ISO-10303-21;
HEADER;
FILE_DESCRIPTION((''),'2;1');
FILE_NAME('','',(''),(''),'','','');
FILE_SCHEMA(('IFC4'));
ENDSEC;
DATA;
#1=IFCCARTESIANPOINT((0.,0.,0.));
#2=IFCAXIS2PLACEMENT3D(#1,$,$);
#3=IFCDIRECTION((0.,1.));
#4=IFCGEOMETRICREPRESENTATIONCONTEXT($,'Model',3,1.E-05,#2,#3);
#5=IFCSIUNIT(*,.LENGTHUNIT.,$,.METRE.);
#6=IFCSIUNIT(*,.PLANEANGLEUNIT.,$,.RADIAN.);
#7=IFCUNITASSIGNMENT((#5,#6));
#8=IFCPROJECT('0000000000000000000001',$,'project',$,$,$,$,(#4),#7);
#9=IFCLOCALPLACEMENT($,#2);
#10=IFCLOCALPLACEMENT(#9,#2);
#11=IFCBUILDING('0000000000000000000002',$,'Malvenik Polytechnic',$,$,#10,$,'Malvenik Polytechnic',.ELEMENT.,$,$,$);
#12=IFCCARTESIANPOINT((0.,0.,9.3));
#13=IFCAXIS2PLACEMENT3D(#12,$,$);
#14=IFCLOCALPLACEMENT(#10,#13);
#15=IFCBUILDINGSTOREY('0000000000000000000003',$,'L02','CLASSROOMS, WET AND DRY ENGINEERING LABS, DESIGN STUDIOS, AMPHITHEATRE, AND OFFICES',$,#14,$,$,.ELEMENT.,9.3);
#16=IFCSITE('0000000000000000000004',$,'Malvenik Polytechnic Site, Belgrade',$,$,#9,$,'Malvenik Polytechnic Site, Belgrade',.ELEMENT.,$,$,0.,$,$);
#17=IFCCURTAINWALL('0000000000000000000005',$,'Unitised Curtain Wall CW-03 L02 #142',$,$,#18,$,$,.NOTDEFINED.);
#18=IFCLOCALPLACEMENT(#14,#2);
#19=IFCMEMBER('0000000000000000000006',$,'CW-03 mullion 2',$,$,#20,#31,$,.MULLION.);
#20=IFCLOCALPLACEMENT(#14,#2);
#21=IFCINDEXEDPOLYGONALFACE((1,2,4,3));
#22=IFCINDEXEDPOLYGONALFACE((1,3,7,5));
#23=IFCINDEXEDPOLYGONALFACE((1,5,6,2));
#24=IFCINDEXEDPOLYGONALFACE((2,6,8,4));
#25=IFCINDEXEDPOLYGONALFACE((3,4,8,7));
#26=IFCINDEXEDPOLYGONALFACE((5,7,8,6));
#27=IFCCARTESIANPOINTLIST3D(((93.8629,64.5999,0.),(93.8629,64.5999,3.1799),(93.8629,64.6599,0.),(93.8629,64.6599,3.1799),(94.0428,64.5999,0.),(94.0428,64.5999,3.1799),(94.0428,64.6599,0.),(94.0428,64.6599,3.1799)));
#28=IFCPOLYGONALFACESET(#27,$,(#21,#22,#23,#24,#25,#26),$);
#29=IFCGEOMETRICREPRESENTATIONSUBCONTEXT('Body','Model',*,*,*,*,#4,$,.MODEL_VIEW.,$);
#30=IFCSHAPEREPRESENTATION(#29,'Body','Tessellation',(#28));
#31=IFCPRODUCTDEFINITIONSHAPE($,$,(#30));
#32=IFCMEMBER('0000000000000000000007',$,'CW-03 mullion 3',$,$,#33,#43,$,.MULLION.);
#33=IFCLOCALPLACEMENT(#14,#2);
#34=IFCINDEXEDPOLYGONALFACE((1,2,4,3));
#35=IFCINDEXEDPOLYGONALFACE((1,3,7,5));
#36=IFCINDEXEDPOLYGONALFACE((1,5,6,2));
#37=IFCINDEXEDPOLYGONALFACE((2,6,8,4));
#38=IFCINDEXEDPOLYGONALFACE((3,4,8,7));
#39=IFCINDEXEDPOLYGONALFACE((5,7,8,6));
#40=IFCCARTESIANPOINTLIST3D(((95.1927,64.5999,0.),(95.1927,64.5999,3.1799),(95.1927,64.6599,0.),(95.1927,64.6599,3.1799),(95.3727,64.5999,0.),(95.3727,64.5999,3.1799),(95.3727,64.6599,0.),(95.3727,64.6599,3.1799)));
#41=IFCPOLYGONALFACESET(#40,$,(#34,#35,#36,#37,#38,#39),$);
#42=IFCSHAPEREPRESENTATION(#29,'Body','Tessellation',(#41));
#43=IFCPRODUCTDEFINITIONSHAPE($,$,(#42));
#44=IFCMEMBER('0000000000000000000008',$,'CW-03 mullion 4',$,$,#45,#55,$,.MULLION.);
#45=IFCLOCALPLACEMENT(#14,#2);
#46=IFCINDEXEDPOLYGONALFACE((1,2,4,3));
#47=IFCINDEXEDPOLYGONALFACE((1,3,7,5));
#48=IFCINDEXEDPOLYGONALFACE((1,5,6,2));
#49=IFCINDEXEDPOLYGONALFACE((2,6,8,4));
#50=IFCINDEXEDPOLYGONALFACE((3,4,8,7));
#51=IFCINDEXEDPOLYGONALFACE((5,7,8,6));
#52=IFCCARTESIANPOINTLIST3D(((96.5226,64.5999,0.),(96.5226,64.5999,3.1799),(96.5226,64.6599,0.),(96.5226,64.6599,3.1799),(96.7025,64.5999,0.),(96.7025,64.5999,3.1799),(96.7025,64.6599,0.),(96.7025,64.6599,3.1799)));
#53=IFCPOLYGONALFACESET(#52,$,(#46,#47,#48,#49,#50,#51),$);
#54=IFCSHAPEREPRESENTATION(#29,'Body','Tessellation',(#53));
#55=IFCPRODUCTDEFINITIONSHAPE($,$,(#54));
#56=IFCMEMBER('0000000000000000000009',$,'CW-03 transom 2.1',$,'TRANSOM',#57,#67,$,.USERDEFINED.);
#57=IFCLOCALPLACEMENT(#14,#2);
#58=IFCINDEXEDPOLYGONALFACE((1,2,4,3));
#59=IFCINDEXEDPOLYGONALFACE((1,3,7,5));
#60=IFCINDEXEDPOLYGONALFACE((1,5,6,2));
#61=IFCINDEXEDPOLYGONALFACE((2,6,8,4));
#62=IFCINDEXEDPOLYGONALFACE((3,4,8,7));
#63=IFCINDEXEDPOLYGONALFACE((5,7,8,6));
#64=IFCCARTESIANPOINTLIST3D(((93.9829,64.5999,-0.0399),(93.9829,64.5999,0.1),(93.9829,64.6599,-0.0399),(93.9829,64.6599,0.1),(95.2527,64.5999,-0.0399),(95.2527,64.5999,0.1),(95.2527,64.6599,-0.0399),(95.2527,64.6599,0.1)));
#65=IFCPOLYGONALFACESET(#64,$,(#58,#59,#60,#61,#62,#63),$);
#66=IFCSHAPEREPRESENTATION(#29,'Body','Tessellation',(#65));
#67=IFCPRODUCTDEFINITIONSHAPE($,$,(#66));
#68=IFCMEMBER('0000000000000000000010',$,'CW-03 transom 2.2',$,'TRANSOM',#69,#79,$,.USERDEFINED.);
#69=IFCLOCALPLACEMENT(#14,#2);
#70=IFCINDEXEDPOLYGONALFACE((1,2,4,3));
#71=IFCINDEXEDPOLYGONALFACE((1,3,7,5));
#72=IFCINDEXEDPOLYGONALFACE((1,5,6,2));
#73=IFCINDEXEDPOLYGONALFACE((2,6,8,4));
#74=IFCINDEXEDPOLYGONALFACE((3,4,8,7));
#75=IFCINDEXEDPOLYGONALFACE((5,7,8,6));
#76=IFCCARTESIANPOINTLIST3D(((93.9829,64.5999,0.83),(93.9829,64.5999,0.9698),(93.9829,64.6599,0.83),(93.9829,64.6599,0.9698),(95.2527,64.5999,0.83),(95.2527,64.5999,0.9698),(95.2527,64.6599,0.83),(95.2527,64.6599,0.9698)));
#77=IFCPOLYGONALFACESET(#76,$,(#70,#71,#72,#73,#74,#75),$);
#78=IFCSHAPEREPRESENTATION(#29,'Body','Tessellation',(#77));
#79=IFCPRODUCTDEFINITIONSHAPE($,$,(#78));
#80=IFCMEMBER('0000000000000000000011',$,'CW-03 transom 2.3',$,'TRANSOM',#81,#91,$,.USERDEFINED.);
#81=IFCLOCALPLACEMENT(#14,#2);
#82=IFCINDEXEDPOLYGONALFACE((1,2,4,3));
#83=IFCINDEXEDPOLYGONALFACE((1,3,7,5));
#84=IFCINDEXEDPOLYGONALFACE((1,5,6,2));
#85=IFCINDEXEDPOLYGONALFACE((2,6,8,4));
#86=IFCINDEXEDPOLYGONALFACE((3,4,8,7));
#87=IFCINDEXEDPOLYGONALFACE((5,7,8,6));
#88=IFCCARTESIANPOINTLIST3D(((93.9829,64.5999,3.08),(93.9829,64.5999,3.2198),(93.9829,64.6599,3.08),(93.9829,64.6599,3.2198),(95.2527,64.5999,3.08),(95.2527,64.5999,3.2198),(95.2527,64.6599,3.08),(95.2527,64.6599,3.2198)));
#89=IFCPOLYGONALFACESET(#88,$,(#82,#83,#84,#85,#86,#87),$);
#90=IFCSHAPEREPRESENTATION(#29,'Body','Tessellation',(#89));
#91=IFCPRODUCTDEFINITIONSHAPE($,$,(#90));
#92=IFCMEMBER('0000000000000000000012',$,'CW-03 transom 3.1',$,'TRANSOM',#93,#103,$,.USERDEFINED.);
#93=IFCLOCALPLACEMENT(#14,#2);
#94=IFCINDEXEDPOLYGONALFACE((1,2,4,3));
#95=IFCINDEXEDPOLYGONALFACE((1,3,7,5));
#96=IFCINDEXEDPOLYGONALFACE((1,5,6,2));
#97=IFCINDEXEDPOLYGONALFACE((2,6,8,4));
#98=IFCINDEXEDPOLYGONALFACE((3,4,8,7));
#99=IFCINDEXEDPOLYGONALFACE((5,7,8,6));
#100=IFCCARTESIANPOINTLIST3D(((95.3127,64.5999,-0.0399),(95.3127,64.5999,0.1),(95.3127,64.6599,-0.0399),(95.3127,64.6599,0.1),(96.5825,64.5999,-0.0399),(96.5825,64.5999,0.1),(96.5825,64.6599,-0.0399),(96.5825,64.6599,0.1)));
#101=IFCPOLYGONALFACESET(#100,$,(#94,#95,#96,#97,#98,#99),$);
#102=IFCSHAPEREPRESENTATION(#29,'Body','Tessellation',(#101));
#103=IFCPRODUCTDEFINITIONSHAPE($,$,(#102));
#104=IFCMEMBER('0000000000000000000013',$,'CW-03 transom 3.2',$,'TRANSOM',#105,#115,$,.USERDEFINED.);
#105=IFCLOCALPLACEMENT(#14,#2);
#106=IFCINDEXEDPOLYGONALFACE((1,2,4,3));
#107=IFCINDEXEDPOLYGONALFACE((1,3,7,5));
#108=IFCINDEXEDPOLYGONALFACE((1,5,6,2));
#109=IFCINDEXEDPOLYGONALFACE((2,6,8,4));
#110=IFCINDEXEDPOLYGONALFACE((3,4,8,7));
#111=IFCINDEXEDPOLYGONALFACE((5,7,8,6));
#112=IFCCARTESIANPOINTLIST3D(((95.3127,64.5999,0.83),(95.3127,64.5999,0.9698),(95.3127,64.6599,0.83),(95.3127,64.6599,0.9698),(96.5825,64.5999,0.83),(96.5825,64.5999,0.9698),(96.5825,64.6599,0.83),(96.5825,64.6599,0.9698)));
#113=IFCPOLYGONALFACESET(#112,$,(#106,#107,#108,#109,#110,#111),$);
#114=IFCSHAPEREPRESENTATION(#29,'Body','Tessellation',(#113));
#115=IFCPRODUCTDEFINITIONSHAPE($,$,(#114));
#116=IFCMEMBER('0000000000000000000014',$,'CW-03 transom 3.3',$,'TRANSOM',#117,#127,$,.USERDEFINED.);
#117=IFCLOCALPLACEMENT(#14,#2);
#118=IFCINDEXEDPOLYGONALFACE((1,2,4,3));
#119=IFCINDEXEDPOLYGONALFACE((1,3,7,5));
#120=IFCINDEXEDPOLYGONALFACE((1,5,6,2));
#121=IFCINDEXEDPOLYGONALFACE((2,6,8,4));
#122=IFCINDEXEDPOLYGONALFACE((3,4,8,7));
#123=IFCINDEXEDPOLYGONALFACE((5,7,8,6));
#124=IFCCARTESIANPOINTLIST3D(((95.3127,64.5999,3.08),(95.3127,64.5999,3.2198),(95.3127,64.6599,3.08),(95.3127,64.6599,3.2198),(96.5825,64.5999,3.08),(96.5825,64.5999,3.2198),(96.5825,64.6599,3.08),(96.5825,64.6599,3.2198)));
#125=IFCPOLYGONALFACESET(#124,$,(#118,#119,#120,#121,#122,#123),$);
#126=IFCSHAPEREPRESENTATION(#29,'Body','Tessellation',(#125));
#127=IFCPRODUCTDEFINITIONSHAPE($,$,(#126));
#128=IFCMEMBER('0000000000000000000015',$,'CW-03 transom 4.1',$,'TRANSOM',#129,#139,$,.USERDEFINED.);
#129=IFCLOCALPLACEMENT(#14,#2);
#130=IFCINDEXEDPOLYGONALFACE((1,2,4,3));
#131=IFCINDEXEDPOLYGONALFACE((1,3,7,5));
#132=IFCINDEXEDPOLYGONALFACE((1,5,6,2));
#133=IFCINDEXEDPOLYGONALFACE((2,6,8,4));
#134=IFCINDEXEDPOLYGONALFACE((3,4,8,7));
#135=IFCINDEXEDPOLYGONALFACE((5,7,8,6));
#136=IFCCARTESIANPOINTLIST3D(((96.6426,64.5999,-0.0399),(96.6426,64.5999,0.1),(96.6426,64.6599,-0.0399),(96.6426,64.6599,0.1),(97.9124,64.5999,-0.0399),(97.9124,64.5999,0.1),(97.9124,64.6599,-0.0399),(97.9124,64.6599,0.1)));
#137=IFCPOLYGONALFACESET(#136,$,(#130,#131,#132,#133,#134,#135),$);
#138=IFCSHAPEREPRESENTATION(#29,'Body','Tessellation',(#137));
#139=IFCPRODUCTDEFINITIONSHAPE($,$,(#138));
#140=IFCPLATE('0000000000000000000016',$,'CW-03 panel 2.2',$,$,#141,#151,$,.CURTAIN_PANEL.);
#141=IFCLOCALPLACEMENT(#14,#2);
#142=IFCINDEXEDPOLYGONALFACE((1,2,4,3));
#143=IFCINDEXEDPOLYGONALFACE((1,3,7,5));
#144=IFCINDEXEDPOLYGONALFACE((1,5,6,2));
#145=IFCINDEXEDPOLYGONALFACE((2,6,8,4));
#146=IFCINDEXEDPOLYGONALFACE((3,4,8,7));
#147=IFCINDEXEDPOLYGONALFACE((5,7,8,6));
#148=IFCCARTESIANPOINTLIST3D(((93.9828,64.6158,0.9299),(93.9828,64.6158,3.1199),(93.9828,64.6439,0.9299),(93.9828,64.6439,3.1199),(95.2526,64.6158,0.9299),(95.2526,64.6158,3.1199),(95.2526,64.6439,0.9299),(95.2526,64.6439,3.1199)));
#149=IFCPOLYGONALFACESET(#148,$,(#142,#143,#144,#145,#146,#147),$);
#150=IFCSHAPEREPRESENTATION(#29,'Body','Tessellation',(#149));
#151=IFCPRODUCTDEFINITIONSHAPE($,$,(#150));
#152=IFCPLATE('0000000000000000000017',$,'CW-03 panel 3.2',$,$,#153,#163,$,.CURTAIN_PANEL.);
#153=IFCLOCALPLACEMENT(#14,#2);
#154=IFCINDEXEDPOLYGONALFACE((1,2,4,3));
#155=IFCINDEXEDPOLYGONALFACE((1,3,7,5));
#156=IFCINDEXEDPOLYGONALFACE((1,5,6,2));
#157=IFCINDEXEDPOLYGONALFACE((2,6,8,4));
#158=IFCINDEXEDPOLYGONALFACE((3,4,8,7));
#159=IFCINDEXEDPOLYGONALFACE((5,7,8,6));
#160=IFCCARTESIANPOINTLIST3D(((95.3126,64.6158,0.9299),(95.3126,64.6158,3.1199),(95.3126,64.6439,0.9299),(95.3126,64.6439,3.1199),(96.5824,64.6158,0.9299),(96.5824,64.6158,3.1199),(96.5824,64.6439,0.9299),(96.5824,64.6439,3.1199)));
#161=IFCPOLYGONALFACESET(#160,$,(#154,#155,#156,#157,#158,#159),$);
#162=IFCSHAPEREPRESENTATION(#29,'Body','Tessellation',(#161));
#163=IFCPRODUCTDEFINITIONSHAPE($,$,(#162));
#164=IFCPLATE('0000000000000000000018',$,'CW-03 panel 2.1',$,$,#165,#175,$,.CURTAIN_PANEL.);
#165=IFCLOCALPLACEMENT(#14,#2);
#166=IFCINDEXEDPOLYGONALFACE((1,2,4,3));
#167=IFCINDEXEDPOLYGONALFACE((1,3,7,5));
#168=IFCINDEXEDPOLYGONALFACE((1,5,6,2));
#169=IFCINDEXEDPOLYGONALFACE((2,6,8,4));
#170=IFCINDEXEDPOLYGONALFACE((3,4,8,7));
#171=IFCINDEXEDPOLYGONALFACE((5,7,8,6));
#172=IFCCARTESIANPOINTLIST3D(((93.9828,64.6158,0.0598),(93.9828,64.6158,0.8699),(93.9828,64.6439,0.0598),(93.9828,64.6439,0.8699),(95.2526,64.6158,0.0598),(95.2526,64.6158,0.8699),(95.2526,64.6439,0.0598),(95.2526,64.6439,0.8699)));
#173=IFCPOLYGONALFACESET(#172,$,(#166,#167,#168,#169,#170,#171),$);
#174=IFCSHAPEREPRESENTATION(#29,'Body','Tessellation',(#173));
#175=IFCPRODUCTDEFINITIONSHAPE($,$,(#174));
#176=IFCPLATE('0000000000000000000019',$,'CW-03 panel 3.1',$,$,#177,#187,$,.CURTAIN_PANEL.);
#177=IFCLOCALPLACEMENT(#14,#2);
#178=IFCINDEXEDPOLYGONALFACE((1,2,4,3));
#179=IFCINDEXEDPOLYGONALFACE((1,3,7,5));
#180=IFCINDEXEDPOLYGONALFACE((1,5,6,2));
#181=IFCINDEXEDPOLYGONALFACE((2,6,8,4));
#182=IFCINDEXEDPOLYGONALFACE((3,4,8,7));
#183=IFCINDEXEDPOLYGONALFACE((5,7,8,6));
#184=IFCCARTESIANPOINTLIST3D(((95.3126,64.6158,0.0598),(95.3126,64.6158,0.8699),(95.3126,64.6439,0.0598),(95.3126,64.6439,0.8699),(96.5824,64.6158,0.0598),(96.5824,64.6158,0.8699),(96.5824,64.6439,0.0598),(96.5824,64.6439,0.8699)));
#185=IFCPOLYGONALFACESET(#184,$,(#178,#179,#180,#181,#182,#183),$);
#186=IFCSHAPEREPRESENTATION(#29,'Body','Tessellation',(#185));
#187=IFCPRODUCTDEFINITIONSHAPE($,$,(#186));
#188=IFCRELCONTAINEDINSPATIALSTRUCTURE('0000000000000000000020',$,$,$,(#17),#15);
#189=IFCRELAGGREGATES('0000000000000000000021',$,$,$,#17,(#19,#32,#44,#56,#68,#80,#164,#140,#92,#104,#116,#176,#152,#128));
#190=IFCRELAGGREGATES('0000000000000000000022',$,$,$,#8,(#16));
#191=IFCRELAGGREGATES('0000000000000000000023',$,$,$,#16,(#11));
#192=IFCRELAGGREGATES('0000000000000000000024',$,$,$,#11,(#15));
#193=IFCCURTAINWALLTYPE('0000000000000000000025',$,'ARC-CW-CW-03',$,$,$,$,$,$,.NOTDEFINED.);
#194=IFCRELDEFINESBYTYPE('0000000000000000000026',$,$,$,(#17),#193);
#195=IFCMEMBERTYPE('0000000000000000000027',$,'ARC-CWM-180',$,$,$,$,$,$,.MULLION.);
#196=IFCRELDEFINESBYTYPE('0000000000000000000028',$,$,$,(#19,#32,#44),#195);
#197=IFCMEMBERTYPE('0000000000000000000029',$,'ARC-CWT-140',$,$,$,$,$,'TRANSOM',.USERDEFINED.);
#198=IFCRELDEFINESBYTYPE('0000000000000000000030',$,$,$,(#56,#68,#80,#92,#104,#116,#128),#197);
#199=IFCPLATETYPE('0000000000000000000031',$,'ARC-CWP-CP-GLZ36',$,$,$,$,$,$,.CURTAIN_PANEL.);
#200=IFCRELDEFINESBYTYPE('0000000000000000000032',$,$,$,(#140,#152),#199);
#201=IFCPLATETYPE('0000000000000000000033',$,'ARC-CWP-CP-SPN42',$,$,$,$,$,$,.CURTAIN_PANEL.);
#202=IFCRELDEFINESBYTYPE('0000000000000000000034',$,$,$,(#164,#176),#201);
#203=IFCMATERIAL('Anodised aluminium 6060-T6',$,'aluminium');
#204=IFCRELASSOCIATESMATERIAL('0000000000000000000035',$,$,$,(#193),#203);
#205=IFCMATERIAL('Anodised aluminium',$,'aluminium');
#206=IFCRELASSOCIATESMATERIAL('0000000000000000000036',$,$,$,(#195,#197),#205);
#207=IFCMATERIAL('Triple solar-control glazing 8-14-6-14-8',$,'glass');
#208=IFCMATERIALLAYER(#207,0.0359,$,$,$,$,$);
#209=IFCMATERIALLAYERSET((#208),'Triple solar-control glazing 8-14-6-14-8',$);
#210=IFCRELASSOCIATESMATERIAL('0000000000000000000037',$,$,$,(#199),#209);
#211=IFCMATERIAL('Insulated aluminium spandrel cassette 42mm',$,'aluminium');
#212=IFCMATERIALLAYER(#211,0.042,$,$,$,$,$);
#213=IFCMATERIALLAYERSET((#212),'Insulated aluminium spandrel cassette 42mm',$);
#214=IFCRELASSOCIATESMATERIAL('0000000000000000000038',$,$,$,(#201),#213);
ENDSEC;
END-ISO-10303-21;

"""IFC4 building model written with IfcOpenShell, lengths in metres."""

from ifc_helpers import new_model, si_unit, direction, frame, origin, origin_2d, place, context, subcontext, project, spatial, rectangle, extrude, material, layer, layer_set, material_profile, profile_set, type_object, element, aggregate, save


model = new_model("IFC4")

# Units and contexts
model_context = context("Model", 3, precision=1e-05, world=origin(), true_north=direction((0.0, 1.0)))
body_context = subcontext(model_context, "Body", "Model", "MODEL_VIEW")
ifc_project = project(units=[si_unit("LENGTHUNIT", "METRE"), si_unit("PLANEANGLEUNIT", "RADIAN")], contexts=[model_context])

# Site, building, storey
site_placement = place(None, origin())
site = spatial("IfcSite", under=ifc_project, at=site_placement, Name="Malvenik Polytechnic Site, Belgrade", LongName="Malvenik Polytechnic Site, Belgrade", CompositionType="ELEMENT", RefElevation=0.0)
building_placement = place(site_placement, origin())
building = spatial("IfcBuilding", under=site, at=building_placement, Name="Malvenik Polytechnic", LongName="Malvenik Polytechnic", CompositionType="ELEMENT")
storey_placement = place(building_placement, frame((0.0, 0.0, 9.3)))
storey = spatial("IfcBuildingStorey", under=building, at=storey_placement, Name="L02", Description="CLASSROOMS, WET AND DRY ENGINEERING LABS, DESIGN STUDIOS, AMPHITHEATRE, AND OFFICES", CompositionType="ELEMENT", Elevation=9.3)

# Curtain wall, members, plates
ifc_material_1 = material(Name="Anodised aluminium 6060-T6", Category="aluminium")
curtain_wall_type = type_object("IfcCurtainWallType", Name="ARC-CW-CW-03", PredefinedType="NOTDEFINED", material=ifc_material_1)
curtain_wall_placement = place(storey_placement, origin())
curtain_wall = element("IfcCurtainWall", 1, at=curtain_wall_placement, inside=storey, type_object=curtain_wall_type, Name="Unitised Curtain Wall CW-03 L02 #142", PredefinedType="NOTDEFINED")
ifc_material_2 = material(Name="Anodised aluminium", Category="aluminium")
ifc_material_profile_1 = material_profile(ifc_material_2, rectangle(XDim=0.0601, YDim=0.1799, at=origin_2d()), Name="ALU MULLION 60x180")
ifc_profile_set_1 = profile_set([ifc_material_profile_1], Name="Anodised aluminium")
member_type_1 = type_object("IfcMemberType", Name="ARC-CWM-180", PredefinedType="MULLION", material=ifc_profile_set_1)
member_1_placement = place(storey_placement, frame((93.9529, 64.6299, 0.0), z_axis=(0.0, 0.0, 1.0), x_axis=(0.0, 1.0, 0.0)))
member_1 = element("IfcMember", 2, at=member_1_placement, type_object=member_type_1, Name="CW-03 mullion 2", PredefinedType="MULLION", context=body_context, shape_type="SweptSolid", body=[
    extrude(rectangle(XDim=0.0601, YDim=0.1799, at=origin_2d()), origin(), (0.0, 0.0, 1.0), 3.1799),
])
member_2_placement = place(storey_placement, frame((95.2827, 64.6299, 0.0), z_axis=(0.0, 0.0, 1.0), x_axis=(0.0, 1.0, 0.0)))
member_2 = element("IfcMember", 3, at=member_2_placement, type_object=member_type_1, Name="CW-03 mullion 3", PredefinedType="MULLION", context=body_context, shape_type="SweptSolid", body=[
    extrude(rectangle(XDim=0.0601, YDim=0.1799, at=origin_2d()), origin(), (0.0, 0.0, 1.0), 3.1799),
])
member_3_placement = place(storey_placement, frame((96.6125, 64.6299, 0.0), z_axis=(0.0, 0.0, 1.0), x_axis=(0.0, 1.0, 0.0)))
member_3 = element("IfcMember", 4, at=member_3_placement, type_object=member_type_1, Name="CW-03 mullion 4", PredefinedType="MULLION", context=body_context, shape_type="SweptSolid", body=[
    extrude(rectangle(XDim=0.0601, YDim=0.1799, at=origin_2d()), origin(), (0.0, 0.0, 1.0), 3.1799),
])
ifc_material_profile_2 = material_profile(ifc_material_2, rectangle(XDim=0.0601, YDim=0.1399, at=origin_2d()), Name="ALU TRANSOM 60x140")
ifc_profile_set_2 = profile_set([ifc_material_profile_2], Name="Anodised aluminium")
member_type_2 = type_object("IfcMemberType", Name="ARC-CWT-140", ElementType="TRANSOM", PredefinedType="USERDEFINED", material=ifc_profile_set_2)
member_4_placement = place(storey_placement, frame((93.9829, 64.6299, 0.03), z_axis=(1.0, 0.0, 0.0), x_axis=(0.0, 1.0, 0.0)))
member_4 = element("IfcMember", 5, at=member_4_placement, type_object=member_type_2, Name="CW-03 transom 2.1", ObjectType="TRANSOM", PredefinedType="USERDEFINED", context=body_context, shape_type="SweptSolid", body=[
    extrude(rectangle(XDim=0.0601, YDim=0.1399, at=origin_2d()), origin(), (0.0, 0.0, 1.0), 1.2698),
])
member_5_placement = place(storey_placement, frame((93.9829, 64.6299, 0.8999), z_axis=(1.0, 0.0, 0.0), x_axis=(0.0, 1.0, 0.0)))
member_5 = element("IfcMember", 6, at=member_5_placement, type_object=member_type_2, Name="CW-03 transom 2.2", ObjectType="TRANSOM", PredefinedType="USERDEFINED", context=body_context, shape_type="SweptSolid", body=[
    extrude(rectangle(XDim=0.0601, YDim=0.1399, at=origin_2d()), origin(), (0.0, 0.0, 1.0), 1.2698),
])
member_6_placement = place(storey_placement, frame((93.9829, 64.6299, 3.1499), z_axis=(1.0, 0.0, 0.0), x_axis=(0.0, 1.0, 0.0)))
member_6 = element("IfcMember", 7, at=member_6_placement, type_object=member_type_2, Name="CW-03 transom 2.3", ObjectType="TRANSOM", PredefinedType="USERDEFINED", context=body_context, shape_type="SweptSolid", body=[
    extrude(rectangle(XDim=0.0601, YDim=0.1399, at=origin_2d()), origin(), (0.0, 0.0, 1.0), 1.2698),
])
member_7_placement = place(storey_placement, frame((95.3127, 64.6299, 0.03), z_axis=(1.0, 0.0, 0.0), x_axis=(0.0, 1.0, 0.0)))
member_7 = element("IfcMember", 8, at=member_7_placement, type_object=member_type_2, Name="CW-03 transom 3.1", ObjectType="TRANSOM", PredefinedType="USERDEFINED", context=body_context, shape_type="SweptSolid", body=[
    extrude(rectangle(XDim=0.0601, YDim=0.1399, at=origin_2d()), origin(), (0.0, 0.0, 1.0), 1.2698),
])
member_8_placement = place(storey_placement, frame((95.3127, 64.6299, 0.8999), z_axis=(1.0, 0.0, 0.0), x_axis=(0.0, 1.0, 0.0)))
member_8 = element("IfcMember", 9, at=member_8_placement, type_object=member_type_2, Name="CW-03 transom 3.2", ObjectType="TRANSOM", PredefinedType="USERDEFINED", context=body_context, shape_type="SweptSolid", body=[
    extrude(rectangle(XDim=0.0601, YDim=0.1399, at=origin_2d()), origin(), (0.0, 0.0, 1.0), 1.2698),
])
member_9_placement = place(storey_placement, frame((95.3127, 64.6299, 3.1499), z_axis=(1.0, 0.0, 0.0), x_axis=(0.0, 1.0, 0.0)))
member_9 = element("IfcMember", 10, at=member_9_placement, type_object=member_type_2, Name="CW-03 transom 3.3", ObjectType="TRANSOM", PredefinedType="USERDEFINED", context=body_context, shape_type="SweptSolid", body=[
    extrude(rectangle(XDim=0.0601, YDim=0.1399, at=origin_2d()), origin(), (0.0, 0.0, 1.0), 1.2698),
])
member_10_placement = place(storey_placement, frame((96.6426, 64.6299, 0.03), z_axis=(1.0, 0.0, 0.0), x_axis=(0.0, 1.0, 0.0)))
member_10 = element("IfcMember", 11, at=member_10_placement, type_object=member_type_2, Name="CW-03 transom 4.1", ObjectType="TRANSOM", PredefinedType="USERDEFINED", context=body_context, shape_type="SweptSolid", body=[
    extrude(rectangle(XDim=0.0601, YDim=0.1399, at=origin_2d()), origin(), (0.0, 0.0, 1.0), 1.2698),
])
ifc_material_3 = material(Name="Triple solar-control glazing 8-14-6-14-8", Category="glass")
ifc_layer_1 = layer(ifc_material_3, 0.0359)
ifc_layer_set_1 = layer_set([ifc_layer_1], Name="Triple solar-control glazing 8-14-6-14-8")
plate_type_1 = type_object("IfcPlateType", Name="ARC-CWP-CP-GLZ36", PredefinedType="CURTAIN_PANEL", material=ifc_layer_set_1)
plate_1_placement = place(storey_placement, frame((94.6177, 64.6299, 0.9299), z_axis=(0.0, 0.0, 1.0), x_axis=(1.0, 0.0, 0.0)))
plate_1 = element("IfcPlate", 12, at=plate_1_placement, type_object=plate_type_1, Name="CW-03 panel 2.2", PredefinedType="CURTAIN_PANEL", context=body_context, shape_type="SweptSolid", body=[
    extrude(rectangle(XDim=1.2698, YDim=0.0281, at=origin_2d()), origin(), (0.0, 0.0, 1.0), 2.1899),
])
plate_2_placement = place(storey_placement, frame((95.9475, 64.6299, 0.9299), z_axis=(0.0, 0.0, 1.0), x_axis=(1.0, 0.0, 0.0)))
plate_2 = element("IfcPlate", 13, at=plate_2_placement, type_object=plate_type_1, Name="CW-03 panel 3.2", PredefinedType="CURTAIN_PANEL", context=body_context, shape_type="SweptSolid", body=[
    extrude(rectangle(XDim=1.2698, YDim=0.0281, at=origin_2d()), origin(), (0.0, 0.0, 1.0), 2.1899),
])
ifc_material_4 = material(Name="Insulated aluminium spandrel cassette 42mm", Category="aluminium")
ifc_layer_2 = layer(ifc_material_4, 0.042)
ifc_layer_set_2 = layer_set([ifc_layer_2], Name="Insulated aluminium spandrel cassette 42mm")
plate_type_2 = type_object("IfcPlateType", Name="ARC-CWP-CP-SPN42", PredefinedType="CURTAIN_PANEL", material=ifc_layer_set_2)
plate_3_placement = place(storey_placement, frame((94.6177, 64.6299, 0.0598), z_axis=(0.0, 0.0, 1.0), x_axis=(1.0, 0.0, 0.0)))
plate_3 = element("IfcPlate", 14, at=plate_3_placement, type_object=plate_type_2, Name="CW-03 panel 2.1", PredefinedType="CURTAIN_PANEL", context=body_context, shape_type="SweptSolid", body=[
    extrude(rectangle(XDim=1.2698, YDim=0.0281, at=origin_2d()), origin(), (0.0, 0.0, 1.0), 0.8101),
])
plate_4_placement = place(storey_placement, frame((95.9475, 64.6299, 0.0598), z_axis=(0.0, 0.0, 1.0), x_axis=(1.0, 0.0, 0.0)))
plate_4 = element("IfcPlate", 15, at=plate_4_placement, type_object=plate_type_2, Name="CW-03 panel 3.1", PredefinedType="CURTAIN_PANEL", context=body_context, shape_type="SweptSolid", body=[
    extrude(rectangle(XDim=1.2698, YDim=0.0281, at=origin_2d()), origin(), (0.0, 0.0, 1.0), 0.8101),
])
aggregate(curtain_wall, [member_1, member_2, member_3, member_4, member_5, member_6, plate_3, plate_1, member_7, member_8, member_9, plate_4, plate_2, member_10])

save(model, "model.ifc")
